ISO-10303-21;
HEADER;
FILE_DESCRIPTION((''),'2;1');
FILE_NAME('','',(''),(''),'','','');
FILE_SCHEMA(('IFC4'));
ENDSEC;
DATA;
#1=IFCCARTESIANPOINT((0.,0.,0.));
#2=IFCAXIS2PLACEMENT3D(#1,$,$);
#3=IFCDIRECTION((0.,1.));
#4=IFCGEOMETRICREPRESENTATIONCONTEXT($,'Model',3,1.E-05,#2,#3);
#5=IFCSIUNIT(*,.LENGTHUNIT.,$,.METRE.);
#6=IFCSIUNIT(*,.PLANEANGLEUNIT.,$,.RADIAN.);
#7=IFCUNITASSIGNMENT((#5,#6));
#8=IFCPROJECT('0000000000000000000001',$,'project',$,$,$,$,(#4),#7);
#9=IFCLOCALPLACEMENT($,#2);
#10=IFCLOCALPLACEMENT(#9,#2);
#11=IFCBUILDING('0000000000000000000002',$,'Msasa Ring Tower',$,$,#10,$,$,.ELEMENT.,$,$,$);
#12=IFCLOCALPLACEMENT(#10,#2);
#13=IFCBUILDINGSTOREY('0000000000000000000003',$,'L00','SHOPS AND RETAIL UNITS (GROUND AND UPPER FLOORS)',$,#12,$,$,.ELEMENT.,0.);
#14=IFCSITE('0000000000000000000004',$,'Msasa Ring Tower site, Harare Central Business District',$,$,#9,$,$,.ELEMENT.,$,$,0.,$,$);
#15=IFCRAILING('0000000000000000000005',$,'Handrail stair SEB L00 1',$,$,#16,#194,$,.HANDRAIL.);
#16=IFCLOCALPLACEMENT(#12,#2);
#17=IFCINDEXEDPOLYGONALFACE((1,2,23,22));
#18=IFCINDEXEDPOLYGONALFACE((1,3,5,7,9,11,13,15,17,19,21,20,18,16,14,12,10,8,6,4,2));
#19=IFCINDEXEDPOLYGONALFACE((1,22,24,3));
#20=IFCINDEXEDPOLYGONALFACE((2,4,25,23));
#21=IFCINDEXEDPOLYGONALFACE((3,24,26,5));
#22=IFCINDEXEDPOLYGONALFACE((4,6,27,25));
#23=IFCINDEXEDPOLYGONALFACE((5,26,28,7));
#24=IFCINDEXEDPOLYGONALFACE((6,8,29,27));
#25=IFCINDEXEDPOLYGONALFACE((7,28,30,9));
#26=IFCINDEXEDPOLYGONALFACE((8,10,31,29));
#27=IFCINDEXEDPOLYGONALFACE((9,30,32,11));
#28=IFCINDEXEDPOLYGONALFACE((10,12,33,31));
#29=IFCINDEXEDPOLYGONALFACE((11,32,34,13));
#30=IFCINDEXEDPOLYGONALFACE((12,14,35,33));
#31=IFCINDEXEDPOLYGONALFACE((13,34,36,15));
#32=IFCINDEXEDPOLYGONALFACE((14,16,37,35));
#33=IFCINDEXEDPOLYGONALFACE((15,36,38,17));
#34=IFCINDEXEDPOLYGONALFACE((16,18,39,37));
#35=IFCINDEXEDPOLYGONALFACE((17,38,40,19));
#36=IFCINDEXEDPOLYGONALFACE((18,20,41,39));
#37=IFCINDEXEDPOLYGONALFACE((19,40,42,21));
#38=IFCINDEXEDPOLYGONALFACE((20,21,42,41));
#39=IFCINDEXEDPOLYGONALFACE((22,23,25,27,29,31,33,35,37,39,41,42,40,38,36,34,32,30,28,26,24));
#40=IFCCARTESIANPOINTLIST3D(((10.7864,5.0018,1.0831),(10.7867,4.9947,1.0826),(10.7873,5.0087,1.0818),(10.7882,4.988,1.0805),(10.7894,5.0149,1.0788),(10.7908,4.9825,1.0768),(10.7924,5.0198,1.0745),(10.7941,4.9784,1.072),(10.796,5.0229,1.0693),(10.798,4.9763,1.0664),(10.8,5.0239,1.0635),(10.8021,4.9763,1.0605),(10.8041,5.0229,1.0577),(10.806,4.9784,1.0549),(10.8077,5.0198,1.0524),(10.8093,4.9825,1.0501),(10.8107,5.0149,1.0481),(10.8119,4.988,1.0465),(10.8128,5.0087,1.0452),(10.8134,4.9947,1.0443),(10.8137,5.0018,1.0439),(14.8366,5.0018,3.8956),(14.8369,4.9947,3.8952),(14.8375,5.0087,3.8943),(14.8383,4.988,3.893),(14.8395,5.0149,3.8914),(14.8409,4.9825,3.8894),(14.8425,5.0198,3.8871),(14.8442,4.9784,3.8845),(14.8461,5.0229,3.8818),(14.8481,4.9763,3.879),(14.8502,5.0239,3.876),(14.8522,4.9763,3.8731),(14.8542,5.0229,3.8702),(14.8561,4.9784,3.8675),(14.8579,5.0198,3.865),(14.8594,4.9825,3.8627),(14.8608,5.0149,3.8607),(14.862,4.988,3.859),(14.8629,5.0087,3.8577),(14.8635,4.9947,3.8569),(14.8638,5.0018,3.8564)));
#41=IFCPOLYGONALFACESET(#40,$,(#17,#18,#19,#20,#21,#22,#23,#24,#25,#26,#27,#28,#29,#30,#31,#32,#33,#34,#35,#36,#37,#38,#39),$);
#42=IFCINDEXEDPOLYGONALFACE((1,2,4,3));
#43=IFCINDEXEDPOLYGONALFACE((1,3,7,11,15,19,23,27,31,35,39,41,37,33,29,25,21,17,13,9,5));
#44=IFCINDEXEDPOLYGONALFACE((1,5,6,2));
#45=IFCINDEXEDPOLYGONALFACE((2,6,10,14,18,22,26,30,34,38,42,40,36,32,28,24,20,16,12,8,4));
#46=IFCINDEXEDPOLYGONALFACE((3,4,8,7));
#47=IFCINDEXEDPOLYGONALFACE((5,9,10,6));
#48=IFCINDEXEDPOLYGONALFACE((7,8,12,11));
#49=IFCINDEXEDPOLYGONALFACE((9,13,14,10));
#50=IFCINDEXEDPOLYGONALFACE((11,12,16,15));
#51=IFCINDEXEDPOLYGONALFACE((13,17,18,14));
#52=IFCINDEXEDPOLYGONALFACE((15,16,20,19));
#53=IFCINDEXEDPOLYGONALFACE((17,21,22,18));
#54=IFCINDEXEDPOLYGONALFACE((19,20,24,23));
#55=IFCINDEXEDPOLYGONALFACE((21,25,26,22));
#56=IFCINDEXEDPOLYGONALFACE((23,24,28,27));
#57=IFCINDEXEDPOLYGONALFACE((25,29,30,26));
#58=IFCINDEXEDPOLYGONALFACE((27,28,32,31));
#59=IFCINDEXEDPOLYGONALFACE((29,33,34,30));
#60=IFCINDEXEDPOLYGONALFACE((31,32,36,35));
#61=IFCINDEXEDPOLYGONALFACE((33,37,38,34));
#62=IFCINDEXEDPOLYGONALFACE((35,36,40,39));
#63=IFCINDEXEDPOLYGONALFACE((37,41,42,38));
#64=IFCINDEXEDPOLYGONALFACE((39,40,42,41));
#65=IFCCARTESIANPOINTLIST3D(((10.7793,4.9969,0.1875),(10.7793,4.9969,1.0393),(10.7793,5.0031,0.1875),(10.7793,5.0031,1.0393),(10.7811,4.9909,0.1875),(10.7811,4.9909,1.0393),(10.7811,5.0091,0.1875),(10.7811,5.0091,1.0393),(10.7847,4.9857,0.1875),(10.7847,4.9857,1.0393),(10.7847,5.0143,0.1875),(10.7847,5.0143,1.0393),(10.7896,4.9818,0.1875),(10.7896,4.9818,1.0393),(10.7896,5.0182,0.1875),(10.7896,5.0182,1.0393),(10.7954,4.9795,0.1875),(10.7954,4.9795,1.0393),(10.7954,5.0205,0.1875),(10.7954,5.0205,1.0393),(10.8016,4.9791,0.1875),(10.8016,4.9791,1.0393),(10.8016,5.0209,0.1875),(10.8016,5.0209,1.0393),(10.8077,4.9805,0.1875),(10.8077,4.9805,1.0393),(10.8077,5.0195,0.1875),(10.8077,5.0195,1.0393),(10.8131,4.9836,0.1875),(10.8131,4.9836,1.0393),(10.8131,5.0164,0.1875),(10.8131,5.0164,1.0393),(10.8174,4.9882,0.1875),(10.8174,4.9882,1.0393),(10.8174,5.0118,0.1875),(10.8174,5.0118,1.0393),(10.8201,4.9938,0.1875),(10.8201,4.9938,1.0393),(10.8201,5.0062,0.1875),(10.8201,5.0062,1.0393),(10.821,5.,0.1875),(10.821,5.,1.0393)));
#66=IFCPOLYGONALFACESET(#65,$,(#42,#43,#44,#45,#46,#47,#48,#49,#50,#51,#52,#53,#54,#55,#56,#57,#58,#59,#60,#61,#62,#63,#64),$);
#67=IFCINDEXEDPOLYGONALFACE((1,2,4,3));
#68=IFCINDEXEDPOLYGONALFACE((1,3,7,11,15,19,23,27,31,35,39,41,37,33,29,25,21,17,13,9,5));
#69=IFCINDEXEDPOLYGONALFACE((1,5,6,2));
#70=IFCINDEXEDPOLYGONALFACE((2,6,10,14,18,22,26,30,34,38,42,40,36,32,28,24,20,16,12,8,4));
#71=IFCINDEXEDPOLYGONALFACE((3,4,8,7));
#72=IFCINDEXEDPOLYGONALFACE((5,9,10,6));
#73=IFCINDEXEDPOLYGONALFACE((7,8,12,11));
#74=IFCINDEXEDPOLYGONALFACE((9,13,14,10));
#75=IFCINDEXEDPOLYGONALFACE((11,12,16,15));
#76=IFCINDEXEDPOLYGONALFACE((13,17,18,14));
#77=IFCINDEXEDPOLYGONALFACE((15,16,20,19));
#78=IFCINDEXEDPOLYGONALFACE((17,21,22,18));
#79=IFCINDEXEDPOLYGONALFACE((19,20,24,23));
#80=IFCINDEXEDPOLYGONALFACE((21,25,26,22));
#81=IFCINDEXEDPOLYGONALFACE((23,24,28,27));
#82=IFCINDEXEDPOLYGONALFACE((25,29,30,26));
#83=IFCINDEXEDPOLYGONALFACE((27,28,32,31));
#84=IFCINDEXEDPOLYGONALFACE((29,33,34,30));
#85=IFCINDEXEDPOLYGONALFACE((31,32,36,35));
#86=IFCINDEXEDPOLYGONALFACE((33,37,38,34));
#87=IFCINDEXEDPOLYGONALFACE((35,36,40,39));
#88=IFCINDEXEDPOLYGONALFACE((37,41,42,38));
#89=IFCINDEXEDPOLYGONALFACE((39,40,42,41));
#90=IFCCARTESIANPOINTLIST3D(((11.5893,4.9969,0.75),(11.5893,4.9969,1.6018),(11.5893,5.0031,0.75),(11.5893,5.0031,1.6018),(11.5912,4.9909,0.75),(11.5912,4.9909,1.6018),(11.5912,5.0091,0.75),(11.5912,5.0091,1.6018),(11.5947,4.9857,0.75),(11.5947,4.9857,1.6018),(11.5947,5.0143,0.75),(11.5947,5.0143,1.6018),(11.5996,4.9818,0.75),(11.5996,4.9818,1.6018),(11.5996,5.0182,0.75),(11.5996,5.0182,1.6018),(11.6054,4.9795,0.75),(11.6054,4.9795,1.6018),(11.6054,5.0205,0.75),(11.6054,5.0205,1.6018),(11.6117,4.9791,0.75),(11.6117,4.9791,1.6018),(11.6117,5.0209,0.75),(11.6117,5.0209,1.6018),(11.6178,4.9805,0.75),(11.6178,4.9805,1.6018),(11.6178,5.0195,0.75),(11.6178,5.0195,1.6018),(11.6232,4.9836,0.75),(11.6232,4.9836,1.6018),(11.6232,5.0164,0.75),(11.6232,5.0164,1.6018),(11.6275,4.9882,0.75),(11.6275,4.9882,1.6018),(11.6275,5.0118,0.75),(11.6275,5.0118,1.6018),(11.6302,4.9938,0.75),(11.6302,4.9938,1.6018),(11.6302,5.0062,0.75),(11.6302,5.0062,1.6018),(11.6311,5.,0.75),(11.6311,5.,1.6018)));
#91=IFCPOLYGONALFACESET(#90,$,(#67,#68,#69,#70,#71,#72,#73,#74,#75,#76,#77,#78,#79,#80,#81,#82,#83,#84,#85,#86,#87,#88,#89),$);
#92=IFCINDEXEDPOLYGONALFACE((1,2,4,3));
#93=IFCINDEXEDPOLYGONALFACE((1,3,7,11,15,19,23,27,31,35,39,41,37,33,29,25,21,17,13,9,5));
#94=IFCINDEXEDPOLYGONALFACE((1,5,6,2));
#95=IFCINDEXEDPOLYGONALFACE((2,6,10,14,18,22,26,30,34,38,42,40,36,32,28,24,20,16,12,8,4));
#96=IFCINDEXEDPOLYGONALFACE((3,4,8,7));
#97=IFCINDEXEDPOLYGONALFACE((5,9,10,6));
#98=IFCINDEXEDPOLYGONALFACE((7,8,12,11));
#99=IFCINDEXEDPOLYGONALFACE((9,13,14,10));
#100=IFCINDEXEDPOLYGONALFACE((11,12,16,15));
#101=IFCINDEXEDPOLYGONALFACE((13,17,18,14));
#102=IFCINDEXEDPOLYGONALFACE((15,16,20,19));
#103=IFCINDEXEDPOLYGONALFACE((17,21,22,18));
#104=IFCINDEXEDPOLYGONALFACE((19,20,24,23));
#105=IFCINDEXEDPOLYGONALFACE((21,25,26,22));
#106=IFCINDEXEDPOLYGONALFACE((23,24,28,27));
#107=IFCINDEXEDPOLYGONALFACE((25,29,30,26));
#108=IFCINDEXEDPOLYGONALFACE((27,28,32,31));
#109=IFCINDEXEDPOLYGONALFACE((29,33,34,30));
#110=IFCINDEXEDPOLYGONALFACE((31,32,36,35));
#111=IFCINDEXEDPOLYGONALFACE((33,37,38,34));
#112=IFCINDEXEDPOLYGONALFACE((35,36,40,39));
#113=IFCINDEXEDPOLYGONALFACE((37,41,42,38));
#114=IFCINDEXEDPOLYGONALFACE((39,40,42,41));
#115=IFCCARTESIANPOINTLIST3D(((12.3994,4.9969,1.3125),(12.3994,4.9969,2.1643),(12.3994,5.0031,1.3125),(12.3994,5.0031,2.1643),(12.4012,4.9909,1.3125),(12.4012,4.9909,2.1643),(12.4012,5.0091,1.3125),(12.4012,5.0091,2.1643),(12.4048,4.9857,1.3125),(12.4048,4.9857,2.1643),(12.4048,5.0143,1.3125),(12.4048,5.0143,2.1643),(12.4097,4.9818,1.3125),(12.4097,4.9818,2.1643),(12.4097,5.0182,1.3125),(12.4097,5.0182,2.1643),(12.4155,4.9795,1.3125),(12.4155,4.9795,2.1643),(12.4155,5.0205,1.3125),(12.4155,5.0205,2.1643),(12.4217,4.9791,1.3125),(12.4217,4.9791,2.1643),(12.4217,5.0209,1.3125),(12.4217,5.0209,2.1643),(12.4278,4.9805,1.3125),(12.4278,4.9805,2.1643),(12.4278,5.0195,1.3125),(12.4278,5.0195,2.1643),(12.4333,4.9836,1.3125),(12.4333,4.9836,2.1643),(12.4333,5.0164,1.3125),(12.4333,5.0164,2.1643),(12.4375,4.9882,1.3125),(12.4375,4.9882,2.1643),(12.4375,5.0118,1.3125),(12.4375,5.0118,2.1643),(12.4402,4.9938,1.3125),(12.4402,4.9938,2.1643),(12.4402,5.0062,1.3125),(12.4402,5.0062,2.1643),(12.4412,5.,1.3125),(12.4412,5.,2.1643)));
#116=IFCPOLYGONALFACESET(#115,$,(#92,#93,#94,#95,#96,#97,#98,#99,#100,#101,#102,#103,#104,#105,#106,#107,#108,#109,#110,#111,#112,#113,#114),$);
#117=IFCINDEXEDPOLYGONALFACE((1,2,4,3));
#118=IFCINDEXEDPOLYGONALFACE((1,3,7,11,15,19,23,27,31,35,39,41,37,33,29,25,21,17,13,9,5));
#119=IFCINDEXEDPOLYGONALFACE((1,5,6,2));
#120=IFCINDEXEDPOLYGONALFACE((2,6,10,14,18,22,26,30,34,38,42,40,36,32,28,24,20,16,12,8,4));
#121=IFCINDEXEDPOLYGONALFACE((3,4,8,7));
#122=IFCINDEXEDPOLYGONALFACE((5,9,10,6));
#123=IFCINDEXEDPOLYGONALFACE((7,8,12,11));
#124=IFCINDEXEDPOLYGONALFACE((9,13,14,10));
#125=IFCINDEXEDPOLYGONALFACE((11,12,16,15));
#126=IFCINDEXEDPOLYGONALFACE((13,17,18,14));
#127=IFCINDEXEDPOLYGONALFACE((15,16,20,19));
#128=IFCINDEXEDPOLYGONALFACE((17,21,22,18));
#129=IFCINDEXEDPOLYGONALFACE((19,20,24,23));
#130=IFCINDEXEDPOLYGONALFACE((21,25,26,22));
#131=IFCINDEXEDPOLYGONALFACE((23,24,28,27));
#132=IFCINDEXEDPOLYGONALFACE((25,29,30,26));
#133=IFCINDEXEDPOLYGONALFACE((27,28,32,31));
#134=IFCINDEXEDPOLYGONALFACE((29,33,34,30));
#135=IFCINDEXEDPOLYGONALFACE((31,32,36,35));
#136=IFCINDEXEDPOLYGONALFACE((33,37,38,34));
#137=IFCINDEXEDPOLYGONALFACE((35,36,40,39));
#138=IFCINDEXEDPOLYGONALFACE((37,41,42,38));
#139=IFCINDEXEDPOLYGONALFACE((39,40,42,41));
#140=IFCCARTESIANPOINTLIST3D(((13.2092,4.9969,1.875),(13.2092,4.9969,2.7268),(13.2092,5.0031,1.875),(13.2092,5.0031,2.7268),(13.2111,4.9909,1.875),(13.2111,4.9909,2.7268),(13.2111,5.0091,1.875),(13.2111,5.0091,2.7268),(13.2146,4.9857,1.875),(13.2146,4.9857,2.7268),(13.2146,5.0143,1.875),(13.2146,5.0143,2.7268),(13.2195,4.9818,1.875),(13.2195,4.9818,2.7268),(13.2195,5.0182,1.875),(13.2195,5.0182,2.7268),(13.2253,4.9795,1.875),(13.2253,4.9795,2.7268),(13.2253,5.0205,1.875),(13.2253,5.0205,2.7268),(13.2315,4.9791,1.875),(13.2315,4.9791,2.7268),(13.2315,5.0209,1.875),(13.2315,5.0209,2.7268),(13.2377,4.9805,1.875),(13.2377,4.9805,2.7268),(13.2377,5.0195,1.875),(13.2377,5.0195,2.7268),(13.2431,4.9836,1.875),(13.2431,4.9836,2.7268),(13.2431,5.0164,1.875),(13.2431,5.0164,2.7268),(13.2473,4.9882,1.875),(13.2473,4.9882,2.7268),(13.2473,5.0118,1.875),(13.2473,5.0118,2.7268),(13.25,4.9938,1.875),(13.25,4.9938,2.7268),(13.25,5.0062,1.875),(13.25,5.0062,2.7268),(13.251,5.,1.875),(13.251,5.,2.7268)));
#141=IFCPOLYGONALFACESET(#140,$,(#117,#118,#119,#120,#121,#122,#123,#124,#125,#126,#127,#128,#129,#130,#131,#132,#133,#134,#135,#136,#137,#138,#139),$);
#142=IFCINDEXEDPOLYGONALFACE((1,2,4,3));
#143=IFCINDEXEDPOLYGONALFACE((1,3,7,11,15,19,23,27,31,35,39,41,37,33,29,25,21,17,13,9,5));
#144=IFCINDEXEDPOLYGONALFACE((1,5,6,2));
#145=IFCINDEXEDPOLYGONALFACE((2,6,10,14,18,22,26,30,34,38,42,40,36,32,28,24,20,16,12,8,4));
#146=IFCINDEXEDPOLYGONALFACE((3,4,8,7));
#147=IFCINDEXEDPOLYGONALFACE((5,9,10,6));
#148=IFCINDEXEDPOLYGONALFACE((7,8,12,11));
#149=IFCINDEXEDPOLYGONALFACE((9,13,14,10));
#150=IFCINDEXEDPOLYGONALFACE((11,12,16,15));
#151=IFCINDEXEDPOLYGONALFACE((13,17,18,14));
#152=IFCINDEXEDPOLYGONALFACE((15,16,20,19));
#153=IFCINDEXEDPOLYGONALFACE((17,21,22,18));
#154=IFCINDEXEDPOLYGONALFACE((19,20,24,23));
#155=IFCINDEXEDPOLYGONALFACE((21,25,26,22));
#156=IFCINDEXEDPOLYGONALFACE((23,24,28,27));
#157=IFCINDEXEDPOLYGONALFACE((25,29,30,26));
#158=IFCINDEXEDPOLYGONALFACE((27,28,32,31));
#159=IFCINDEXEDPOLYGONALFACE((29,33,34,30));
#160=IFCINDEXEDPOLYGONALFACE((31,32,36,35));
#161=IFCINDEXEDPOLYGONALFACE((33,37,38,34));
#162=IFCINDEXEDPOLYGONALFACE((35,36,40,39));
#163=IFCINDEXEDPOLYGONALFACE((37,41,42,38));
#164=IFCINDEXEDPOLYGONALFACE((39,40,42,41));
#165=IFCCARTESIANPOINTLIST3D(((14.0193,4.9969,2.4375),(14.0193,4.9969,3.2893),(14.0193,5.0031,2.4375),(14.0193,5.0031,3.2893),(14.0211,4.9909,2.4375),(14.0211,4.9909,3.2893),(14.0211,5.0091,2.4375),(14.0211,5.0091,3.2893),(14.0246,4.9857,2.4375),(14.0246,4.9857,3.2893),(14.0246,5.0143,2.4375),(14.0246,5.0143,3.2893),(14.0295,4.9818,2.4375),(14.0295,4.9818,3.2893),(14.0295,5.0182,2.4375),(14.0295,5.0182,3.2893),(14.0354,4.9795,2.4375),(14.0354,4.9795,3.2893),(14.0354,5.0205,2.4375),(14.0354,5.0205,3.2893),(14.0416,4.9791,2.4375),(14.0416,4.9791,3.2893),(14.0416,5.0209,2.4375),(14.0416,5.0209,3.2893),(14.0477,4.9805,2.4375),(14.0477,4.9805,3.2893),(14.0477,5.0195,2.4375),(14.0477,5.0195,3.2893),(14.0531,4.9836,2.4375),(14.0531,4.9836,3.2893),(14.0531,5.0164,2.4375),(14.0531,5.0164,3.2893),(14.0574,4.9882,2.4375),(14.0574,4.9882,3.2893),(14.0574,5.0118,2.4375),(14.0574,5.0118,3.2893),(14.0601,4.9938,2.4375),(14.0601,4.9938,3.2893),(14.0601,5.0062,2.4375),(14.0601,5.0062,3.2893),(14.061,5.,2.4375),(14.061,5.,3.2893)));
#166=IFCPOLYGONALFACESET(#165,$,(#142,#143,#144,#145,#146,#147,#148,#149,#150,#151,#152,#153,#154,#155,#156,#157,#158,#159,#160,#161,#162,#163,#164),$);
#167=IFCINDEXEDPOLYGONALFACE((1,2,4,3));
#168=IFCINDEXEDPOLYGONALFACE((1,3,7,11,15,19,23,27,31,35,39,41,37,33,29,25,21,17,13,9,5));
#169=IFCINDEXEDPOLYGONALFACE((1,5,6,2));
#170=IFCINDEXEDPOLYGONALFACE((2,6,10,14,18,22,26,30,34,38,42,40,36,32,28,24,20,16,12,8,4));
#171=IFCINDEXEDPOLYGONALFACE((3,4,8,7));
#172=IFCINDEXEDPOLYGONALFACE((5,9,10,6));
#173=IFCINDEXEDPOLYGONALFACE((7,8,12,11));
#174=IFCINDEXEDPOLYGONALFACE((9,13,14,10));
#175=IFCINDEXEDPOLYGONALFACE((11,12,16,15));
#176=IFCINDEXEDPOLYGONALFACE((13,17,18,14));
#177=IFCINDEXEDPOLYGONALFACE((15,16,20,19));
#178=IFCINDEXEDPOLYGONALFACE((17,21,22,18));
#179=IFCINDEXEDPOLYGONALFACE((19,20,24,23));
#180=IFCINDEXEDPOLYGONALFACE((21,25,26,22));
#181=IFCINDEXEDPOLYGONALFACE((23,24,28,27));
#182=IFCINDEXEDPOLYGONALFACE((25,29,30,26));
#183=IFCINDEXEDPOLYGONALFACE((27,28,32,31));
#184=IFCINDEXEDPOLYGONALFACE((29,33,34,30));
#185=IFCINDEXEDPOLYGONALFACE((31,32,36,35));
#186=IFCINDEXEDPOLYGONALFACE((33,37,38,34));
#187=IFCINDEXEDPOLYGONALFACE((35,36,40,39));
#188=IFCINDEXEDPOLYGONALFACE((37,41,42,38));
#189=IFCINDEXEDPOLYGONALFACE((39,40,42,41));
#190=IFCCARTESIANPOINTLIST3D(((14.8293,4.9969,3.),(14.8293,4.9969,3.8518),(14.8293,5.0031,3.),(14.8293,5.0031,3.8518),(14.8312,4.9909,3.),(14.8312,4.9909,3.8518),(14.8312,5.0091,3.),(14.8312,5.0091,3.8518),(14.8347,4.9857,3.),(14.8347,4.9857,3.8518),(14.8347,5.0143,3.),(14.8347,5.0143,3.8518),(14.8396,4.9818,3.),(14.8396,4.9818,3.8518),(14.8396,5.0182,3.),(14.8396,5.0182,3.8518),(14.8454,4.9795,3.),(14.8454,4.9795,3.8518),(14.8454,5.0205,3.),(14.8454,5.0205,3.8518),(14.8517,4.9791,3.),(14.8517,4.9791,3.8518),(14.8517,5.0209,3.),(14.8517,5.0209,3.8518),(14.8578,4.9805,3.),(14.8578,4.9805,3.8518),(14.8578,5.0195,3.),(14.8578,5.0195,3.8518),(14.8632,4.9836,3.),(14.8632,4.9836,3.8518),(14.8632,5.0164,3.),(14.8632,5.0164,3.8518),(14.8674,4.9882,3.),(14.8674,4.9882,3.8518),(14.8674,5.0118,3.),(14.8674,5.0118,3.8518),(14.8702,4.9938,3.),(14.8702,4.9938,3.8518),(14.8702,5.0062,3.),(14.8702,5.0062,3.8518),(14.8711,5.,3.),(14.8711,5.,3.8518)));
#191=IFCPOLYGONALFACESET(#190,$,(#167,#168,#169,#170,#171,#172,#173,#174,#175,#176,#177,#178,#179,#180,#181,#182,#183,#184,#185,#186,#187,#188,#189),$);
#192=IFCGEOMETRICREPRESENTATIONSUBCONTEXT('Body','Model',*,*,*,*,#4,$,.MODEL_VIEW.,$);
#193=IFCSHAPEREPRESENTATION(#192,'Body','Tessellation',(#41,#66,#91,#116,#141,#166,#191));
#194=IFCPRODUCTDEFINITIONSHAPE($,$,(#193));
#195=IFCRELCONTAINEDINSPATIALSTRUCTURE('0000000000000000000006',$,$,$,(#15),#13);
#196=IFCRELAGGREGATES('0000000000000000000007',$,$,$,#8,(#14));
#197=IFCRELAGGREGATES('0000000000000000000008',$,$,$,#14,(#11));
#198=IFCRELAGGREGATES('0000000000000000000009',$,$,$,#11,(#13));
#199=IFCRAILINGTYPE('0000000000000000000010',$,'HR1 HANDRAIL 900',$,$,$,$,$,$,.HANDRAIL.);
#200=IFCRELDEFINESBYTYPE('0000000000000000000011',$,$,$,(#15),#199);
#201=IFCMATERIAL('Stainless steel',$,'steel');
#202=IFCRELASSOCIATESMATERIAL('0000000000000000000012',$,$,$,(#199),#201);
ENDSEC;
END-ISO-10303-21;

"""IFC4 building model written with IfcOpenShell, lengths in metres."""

from ifc_helpers import new_model, si_unit, direction, frame, origin, origin_2d, place, context, subcontext, project, spatial, circle, extrude, material, type_object, element, save


model = new_model("IFC4")

# Units and contexts
model_context = context("Model", 3, precision=1e-05, world=origin(), true_north=direction((0.0, 1.0)))
body_context = subcontext(model_context, "Body", "Model", "MODEL_VIEW")
ifc_project = project(units=[si_unit("LENGTHUNIT", "METRE"), si_unit("PLANEANGLEUNIT", "RADIAN")], contexts=[model_context])

# Site, building, storey
site_placement = place(None, origin())
site = spatial("IfcSite", under=ifc_project, at=site_placement, Name="Msasa Ring Tower site, Harare Central Business District", CompositionType="ELEMENT", RefElevation=0.0)
building_placement = place(site_placement, origin())
building = spatial("IfcBuilding", under=site, at=building_placement, Name="Msasa Ring Tower", CompositionType="ELEMENT")
storey_placement = place(building_placement, origin())
storey = spatial("IfcBuildingStorey", under=building, at=storey_placement, Name="L00", Description="SHOPS AND RETAIL UNITS (GROUND AND UPPER FLOORS)", CompositionType="ELEMENT", Elevation=0.0)

# Railing
ifc_material_1 = material(Name="Stainless steel", Category="steel")
railing_type = type_object("IfcRailingType", Name="HR1 HANDRAIL 900", PredefinedType="HANDRAIL", material=ifc_material_1)
for number, where, name in (
    (1, (10.8, 5.0, 0.1875), "Handrail stair SEB L00 1"),
):
    element("IfcRailing", number, at=place(storey_placement, frame(where)), inside=storey, type_object=railing_type, Name=name, PredefinedType="HANDRAIL", context=body_context, shape_type="SweptSolid", body=[
        extrude(circle(Radius=0.0239, at=origin_2d()), frame((0.0, 0.0, 0.876), z_axis=(0.821373, 0.0, 0.570391), x_axis=(0.0, 1.0, 0.0)), (0.0, 0.0, 1.0), 4.9309),
        extrude(circle(Radius=0.021, at=origin_2d()), origin(), (0.0, 0.0, 1.0), 0.8518),
        extrude(circle(Radius=0.021, at=origin_2d()), frame((0.8101, 0.0, 0.5625)), (0.0, 0.0, 1.0), 0.8518),
        extrude(circle(Radius=0.021, at=origin_2d()), frame((1.6201, 0.0, 1.125)), (0.0, 0.0, 1.0), 0.8518),
        extrude(circle(Radius=0.021, at=origin_2d()), frame((2.4299, 0.0, 1.6875)), (0.0, 0.0, 1.0), 0.8518),
        extrude(circle(Radius=0.021, at=origin_2d()), frame((3.24, 0.0, 2.25)), (0.0, 0.0, 1.0), 0.8518),
        extrude(circle(Radius=0.021, at=origin_2d()), frame((4.05, 0.0, 2.8125)), (0.0, 0.0, 1.0), 0.8518),
    ])

save(model, "model.ifc")
